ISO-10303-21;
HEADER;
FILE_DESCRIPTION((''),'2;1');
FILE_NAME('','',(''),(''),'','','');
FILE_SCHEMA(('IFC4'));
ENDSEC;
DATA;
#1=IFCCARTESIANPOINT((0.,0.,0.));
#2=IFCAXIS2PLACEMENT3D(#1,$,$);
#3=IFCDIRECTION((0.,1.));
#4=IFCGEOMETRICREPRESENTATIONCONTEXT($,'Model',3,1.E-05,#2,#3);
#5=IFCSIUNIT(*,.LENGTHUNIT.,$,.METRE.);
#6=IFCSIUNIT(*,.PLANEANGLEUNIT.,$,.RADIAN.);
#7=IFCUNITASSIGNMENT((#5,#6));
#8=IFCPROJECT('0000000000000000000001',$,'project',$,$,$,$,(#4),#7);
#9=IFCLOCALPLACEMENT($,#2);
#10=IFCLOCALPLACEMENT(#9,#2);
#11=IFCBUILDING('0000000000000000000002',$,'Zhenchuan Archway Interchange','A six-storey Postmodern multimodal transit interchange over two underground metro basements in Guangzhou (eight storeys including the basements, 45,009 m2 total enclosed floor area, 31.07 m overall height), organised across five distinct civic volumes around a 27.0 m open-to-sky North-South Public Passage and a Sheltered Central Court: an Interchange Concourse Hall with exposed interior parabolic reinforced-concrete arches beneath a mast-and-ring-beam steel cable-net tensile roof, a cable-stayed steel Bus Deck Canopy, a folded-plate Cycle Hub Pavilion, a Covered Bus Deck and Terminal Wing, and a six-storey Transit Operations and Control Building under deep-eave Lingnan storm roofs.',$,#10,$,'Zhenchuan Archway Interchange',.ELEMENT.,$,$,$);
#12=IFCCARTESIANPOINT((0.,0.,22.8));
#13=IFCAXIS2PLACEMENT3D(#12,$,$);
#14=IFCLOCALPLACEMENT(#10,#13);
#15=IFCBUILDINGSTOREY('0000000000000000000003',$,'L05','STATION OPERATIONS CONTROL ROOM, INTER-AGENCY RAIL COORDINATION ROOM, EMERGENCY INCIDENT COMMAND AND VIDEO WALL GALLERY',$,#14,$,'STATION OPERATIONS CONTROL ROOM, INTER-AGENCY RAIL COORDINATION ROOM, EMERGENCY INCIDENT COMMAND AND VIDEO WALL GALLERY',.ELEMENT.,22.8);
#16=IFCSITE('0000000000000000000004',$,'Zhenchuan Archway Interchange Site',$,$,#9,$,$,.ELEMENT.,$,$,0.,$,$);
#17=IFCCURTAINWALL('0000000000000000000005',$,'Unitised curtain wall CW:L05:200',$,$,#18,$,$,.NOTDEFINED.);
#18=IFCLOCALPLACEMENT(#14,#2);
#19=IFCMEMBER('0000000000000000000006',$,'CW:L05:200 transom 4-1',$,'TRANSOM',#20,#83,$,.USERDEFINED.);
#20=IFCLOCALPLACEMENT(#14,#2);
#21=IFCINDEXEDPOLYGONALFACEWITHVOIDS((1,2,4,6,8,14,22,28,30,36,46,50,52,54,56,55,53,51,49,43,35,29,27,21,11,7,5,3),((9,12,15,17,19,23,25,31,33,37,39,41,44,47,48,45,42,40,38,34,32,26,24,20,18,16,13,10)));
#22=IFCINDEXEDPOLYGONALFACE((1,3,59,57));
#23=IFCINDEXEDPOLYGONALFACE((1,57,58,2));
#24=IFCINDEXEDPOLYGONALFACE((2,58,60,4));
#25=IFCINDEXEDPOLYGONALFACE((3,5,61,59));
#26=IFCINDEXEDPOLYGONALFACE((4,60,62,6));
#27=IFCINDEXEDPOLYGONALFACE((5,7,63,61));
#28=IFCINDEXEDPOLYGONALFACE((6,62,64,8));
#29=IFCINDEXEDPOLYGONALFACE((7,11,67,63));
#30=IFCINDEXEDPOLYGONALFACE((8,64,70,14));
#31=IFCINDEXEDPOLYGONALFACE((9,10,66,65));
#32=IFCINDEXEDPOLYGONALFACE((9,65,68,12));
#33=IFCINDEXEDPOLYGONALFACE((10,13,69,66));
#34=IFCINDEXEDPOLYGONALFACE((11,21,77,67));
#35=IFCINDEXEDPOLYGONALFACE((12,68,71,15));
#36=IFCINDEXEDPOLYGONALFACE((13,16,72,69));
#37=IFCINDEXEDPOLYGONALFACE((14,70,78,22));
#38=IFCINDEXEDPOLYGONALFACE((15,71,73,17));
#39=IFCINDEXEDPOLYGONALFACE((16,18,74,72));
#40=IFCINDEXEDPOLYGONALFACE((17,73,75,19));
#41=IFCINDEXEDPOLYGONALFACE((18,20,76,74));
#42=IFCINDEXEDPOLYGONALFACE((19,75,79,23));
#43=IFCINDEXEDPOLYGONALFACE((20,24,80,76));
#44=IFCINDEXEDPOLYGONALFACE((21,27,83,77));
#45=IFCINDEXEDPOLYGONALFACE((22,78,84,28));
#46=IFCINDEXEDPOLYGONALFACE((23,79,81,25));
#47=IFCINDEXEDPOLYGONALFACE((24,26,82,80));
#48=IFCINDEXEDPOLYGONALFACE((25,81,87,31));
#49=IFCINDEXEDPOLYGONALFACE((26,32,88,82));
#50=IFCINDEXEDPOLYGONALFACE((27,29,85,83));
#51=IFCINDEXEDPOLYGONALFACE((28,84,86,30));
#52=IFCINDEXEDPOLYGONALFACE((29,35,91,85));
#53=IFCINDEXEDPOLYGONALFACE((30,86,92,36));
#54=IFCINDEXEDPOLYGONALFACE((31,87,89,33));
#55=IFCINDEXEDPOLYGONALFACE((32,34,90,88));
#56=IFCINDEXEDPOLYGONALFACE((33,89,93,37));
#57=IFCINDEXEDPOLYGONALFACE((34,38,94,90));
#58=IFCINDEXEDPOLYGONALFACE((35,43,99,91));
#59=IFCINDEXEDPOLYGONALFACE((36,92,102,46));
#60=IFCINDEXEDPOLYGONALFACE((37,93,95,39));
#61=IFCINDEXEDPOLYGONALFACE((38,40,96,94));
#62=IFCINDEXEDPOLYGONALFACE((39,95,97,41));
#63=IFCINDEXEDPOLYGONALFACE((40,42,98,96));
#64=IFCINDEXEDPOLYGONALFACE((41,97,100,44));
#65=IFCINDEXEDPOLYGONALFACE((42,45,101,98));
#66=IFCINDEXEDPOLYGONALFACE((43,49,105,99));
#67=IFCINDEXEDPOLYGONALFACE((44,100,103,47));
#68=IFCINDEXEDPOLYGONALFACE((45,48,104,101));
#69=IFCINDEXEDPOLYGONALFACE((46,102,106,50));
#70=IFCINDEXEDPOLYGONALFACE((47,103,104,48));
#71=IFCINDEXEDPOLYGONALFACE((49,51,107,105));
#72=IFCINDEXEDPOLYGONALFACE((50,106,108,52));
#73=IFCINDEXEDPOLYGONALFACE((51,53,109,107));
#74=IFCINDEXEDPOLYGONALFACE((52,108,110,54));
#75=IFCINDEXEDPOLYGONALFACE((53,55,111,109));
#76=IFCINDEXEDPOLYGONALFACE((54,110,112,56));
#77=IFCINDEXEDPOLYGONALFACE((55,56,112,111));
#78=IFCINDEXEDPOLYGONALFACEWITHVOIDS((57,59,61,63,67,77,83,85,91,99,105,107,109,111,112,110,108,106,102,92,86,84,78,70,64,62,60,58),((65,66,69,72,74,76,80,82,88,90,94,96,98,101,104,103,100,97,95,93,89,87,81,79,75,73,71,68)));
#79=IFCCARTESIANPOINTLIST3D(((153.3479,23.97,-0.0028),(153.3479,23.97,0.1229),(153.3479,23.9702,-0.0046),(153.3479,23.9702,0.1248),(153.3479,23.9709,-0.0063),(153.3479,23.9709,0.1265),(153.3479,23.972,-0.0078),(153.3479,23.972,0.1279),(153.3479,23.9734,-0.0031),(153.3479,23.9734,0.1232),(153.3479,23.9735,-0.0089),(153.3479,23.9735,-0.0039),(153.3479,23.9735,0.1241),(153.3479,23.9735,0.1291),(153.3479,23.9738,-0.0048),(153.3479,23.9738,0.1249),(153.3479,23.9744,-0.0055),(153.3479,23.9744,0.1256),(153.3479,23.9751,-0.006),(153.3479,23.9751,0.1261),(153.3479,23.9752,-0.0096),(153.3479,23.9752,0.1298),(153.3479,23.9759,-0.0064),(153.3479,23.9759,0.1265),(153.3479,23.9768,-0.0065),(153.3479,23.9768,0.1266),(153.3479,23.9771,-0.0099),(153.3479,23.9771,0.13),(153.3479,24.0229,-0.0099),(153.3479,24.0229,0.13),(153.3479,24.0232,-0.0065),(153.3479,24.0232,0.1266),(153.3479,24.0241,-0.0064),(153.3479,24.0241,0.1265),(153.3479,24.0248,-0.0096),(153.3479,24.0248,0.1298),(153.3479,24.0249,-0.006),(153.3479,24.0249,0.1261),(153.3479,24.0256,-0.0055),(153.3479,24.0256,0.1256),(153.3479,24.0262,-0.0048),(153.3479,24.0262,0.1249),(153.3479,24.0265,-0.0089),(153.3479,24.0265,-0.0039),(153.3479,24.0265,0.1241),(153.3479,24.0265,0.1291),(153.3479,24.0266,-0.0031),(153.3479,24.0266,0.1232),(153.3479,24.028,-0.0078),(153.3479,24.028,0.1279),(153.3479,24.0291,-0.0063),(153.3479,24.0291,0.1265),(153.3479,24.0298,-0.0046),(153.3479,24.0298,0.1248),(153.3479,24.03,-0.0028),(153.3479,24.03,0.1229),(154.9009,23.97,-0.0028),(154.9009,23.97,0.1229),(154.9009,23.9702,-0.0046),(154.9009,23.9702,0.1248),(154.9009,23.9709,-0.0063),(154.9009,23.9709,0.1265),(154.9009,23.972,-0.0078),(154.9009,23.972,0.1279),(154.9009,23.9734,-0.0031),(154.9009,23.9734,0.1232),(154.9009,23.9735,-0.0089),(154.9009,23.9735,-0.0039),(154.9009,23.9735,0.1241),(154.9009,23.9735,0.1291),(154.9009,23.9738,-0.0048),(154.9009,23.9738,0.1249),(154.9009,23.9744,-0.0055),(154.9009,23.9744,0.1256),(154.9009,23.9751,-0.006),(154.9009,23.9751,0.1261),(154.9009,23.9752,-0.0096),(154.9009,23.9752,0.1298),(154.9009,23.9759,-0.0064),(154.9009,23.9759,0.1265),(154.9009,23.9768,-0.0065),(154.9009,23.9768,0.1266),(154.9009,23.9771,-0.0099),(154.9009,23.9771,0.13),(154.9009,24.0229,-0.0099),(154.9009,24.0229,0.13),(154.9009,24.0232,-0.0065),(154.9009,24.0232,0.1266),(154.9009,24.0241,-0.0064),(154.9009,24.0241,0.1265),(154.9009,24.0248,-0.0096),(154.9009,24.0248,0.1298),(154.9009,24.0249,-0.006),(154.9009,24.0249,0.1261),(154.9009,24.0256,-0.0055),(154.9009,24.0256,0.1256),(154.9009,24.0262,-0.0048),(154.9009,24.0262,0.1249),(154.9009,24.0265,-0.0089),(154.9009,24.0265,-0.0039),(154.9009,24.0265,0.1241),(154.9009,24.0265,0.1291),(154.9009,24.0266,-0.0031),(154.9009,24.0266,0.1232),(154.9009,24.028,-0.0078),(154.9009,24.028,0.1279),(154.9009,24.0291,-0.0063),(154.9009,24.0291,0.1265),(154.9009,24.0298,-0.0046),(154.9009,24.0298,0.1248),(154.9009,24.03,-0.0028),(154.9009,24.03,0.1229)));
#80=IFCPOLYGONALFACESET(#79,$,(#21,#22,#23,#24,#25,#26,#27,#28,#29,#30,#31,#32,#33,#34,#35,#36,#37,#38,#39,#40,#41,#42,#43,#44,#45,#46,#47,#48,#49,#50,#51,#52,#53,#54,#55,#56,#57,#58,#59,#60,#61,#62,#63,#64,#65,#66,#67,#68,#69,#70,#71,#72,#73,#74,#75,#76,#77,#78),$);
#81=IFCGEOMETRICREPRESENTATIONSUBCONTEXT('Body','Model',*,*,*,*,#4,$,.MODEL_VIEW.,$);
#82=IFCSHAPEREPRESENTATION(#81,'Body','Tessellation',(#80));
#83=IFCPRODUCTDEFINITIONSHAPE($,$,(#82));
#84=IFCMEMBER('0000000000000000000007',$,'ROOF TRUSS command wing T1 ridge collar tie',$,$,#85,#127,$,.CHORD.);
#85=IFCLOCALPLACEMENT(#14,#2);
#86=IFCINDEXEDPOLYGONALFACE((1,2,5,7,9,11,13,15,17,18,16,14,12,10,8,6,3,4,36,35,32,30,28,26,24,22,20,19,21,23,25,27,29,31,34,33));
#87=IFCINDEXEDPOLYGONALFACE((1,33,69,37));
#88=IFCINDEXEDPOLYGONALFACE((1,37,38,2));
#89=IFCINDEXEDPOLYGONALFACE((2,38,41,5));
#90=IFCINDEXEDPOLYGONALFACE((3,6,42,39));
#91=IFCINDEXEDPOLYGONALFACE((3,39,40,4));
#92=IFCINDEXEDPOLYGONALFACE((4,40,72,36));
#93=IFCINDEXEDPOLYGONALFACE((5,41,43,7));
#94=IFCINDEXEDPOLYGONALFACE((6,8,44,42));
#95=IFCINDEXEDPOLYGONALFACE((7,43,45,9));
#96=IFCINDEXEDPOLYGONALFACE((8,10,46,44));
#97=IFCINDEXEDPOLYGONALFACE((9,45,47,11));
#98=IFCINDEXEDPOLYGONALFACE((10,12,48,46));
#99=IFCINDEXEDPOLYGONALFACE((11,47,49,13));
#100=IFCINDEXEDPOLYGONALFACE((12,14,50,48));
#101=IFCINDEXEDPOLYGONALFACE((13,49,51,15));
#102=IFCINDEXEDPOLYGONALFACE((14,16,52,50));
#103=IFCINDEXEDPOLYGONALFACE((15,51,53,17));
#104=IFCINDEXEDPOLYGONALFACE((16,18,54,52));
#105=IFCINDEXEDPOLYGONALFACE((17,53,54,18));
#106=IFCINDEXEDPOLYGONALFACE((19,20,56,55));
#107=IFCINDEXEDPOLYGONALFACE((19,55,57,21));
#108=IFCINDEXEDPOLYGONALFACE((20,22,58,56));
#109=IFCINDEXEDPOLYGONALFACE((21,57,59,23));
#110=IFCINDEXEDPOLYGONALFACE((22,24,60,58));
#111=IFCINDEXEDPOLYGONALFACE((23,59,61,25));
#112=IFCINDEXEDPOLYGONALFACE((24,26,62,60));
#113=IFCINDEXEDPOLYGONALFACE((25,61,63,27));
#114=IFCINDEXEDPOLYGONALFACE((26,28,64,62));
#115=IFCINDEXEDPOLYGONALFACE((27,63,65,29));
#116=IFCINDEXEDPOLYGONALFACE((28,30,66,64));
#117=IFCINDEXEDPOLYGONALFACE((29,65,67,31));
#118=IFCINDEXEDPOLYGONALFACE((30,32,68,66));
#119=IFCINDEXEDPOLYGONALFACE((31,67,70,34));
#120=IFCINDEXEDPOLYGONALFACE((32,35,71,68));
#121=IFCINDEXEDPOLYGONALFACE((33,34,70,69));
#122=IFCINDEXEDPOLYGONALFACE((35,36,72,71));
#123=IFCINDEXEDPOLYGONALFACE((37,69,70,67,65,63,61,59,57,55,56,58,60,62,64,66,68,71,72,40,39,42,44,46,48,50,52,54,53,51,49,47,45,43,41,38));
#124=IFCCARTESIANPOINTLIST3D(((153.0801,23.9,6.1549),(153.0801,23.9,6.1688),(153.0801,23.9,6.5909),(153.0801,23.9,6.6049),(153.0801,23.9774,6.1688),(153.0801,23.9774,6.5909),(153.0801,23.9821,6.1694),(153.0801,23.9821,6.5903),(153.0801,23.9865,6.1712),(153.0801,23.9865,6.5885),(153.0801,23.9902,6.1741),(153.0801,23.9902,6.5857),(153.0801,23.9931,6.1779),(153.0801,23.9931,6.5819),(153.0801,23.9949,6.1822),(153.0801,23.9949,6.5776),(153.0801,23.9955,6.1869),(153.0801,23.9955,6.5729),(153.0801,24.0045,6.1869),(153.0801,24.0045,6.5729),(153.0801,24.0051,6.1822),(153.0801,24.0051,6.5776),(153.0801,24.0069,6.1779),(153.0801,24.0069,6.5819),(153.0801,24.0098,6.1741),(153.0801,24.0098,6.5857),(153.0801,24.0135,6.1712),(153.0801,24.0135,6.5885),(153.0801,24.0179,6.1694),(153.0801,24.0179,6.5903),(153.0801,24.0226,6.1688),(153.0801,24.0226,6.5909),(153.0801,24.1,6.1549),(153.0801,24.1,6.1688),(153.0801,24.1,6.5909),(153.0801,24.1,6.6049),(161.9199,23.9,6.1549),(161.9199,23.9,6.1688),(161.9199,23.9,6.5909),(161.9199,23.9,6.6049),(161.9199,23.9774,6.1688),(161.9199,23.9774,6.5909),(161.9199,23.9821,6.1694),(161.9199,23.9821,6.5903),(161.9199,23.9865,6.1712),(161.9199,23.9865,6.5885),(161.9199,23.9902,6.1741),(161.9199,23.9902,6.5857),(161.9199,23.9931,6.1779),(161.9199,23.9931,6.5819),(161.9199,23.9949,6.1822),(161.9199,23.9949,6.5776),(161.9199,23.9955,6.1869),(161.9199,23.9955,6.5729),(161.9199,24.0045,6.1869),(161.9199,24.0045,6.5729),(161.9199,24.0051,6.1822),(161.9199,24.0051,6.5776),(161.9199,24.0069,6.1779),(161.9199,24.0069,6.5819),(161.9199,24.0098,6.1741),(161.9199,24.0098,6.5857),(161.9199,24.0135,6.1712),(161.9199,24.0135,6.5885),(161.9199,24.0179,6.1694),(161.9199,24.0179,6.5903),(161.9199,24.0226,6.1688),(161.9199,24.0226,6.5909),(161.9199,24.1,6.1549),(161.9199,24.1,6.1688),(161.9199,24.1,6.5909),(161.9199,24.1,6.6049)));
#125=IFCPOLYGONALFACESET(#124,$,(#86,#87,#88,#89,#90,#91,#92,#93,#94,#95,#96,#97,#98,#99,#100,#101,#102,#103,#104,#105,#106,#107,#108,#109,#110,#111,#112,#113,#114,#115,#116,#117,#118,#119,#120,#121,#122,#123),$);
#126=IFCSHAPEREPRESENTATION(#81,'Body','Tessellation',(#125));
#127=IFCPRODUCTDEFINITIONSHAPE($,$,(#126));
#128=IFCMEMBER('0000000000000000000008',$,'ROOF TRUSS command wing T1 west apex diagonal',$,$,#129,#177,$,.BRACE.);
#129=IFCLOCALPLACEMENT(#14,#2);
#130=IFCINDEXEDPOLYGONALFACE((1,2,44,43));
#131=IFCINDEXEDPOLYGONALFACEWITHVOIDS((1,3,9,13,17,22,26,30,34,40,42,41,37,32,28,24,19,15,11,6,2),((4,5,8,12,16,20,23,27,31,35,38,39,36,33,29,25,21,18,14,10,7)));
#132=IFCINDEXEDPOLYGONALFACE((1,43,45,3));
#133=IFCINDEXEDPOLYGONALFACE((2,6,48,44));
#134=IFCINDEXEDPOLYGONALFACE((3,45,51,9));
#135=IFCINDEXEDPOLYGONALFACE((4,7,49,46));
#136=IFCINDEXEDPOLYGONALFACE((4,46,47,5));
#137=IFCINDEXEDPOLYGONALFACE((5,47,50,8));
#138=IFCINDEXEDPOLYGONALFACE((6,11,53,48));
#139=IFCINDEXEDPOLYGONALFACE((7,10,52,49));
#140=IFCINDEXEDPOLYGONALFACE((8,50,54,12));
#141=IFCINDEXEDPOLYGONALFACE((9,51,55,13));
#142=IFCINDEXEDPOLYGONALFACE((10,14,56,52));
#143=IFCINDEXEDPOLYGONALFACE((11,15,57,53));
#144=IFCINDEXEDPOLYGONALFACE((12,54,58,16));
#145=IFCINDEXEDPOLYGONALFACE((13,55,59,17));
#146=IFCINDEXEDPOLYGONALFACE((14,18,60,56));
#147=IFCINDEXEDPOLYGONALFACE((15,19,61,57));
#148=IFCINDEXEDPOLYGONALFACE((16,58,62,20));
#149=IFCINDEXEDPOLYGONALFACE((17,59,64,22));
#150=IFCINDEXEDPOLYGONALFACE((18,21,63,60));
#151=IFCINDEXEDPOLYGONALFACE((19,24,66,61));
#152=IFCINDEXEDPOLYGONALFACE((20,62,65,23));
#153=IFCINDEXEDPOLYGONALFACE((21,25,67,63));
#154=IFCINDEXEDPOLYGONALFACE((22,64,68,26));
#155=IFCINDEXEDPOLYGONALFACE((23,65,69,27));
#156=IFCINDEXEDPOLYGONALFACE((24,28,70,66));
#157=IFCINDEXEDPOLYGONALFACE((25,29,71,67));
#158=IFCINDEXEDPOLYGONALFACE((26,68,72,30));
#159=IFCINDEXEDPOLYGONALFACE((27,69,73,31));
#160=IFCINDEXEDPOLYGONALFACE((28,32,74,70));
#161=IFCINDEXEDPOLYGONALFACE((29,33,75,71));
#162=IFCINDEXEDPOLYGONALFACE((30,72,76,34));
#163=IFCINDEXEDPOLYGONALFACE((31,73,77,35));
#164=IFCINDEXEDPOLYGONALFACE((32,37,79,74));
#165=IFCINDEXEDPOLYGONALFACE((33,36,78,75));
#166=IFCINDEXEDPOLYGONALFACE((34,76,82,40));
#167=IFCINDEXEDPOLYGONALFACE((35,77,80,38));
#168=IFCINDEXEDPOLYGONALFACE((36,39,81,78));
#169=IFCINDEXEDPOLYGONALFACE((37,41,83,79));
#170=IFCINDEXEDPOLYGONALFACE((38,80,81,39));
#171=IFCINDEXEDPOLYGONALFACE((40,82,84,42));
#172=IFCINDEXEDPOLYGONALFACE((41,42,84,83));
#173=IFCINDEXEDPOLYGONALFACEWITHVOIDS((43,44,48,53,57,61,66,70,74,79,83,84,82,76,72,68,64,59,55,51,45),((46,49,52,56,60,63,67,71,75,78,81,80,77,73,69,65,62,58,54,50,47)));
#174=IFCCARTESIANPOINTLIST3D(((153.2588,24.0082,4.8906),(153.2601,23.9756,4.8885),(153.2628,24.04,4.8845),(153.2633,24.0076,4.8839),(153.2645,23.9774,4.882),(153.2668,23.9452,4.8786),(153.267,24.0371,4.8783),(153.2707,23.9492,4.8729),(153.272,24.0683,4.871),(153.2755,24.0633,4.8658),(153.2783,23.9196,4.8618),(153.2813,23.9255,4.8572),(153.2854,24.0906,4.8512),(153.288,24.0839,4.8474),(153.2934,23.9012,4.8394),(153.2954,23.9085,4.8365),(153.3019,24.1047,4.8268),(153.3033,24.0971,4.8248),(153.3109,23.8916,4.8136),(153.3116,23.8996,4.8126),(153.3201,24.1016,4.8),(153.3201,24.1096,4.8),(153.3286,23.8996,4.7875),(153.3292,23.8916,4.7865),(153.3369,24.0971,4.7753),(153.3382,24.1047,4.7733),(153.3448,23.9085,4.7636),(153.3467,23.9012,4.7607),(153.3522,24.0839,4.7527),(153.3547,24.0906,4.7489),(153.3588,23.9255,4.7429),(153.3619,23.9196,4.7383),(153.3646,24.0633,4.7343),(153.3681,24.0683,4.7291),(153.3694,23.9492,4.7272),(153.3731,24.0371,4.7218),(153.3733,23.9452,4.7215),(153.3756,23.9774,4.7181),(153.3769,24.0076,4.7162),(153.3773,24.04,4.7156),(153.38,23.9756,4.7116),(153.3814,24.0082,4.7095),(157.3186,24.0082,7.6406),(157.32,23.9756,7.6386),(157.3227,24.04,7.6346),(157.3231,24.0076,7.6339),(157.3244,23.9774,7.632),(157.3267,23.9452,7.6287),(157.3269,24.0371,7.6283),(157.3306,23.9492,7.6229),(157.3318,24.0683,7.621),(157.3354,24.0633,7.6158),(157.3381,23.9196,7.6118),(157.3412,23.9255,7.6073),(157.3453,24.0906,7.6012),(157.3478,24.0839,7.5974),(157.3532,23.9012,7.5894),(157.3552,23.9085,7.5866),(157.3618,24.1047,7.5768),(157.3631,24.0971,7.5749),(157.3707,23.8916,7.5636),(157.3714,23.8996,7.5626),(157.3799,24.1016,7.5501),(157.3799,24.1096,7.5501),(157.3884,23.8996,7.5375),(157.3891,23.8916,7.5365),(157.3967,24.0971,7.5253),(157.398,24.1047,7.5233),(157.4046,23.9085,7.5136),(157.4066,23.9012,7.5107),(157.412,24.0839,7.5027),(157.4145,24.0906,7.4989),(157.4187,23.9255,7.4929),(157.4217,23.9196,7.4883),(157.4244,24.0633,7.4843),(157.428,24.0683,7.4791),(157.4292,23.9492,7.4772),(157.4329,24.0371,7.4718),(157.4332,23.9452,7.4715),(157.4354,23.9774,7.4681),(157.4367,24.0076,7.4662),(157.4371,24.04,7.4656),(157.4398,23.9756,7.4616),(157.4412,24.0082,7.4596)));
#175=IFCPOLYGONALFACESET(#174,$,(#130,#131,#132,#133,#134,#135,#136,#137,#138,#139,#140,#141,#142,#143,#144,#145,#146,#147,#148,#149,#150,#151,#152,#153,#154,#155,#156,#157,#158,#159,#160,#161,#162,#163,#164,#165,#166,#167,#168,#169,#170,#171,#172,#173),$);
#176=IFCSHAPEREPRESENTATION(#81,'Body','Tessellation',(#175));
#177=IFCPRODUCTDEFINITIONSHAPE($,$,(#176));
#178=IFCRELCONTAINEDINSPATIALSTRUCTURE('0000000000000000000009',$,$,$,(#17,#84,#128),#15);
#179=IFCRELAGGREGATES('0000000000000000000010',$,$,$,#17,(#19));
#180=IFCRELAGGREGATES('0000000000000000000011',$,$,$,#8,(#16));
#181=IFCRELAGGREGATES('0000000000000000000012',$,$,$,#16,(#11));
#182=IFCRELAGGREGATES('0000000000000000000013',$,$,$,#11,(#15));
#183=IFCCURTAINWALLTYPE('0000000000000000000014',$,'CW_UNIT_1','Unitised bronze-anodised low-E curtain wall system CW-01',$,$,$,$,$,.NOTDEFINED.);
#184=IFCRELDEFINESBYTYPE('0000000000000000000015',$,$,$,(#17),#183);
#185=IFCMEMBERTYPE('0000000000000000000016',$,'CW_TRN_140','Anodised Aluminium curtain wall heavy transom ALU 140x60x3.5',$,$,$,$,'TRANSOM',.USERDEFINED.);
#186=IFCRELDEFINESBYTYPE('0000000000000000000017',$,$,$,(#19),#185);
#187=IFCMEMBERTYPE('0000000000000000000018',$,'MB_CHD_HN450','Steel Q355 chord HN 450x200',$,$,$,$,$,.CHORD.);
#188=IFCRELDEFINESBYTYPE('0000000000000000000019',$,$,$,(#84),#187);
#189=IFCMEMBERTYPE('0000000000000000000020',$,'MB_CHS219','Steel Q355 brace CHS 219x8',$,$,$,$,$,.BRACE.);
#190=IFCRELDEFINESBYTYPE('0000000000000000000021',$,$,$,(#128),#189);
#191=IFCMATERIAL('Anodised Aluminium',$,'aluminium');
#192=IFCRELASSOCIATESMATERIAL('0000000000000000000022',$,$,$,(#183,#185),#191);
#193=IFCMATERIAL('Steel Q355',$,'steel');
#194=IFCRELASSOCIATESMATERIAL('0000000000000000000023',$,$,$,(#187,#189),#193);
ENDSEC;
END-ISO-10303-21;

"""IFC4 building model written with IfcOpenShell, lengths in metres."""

from ifc_helpers import new_model, si_unit, direction, frame, origin, origin_2d, place, context, subcontext, project, spatial, hollow_rectangle, hollow_circle, i_section, extrude, material, material_profile, profile_set, type_object, element, aggregate, save


model = new_model("IFC4")

# Units and contexts
model_context = context("Model", 3, precision=1e-05, world=origin(), true_north=direction((0.0, 1.0)))
body_context = subcontext(model_context, "Body", "Model", "MODEL_VIEW")
ifc_project = project(units=[si_unit("LENGTHUNIT", "METRE"), si_unit("PLANEANGLEUNIT", "RADIAN")], contexts=[model_context])

# Site, building, storey
site_placement = place(None, origin())
site = spatial("IfcSite", under=ifc_project, at=site_placement, Name="Zhenchuan Archway Interchange Site", CompositionType="ELEMENT", RefElevation=0.0)
building_placement = place(site_placement, origin())
building = spatial("IfcBuilding", under=site, at=building_placement, Name="Zhenchuan Archway Interchange", Description="A six-storey Postmodern multimodal transit interchange over two underground metro basements in Guangzhou (eight storeys including the basements, 45,009 m2 total enclosed floor area, 31.07 m overall height), organised across five distinct civic volumes around a 27.0 m open-to-sky North-South Public Passage and a Sheltered Central Court: an Interchange Concourse Hall with exposed interior parabolic reinforced-concrete arches beneath a mast-and-ring-beam steel cable-net tensile roof, a cable-stayed steel Bus Deck Canopy, a folded-plate Cycle Hub Pavilion, a Covered Bus Deck and Terminal Wing, and a six-storey Transit Operations and Control Building under deep-eave Lingnan storm roofs.", LongName="Zhenchuan Archway Interchange", CompositionType="ELEMENT")
storey_placement = place(building_placement, frame((0.0, 0.0, 22.8)))
storey = spatial("IfcBuildingStorey", under=building, at=storey_placement, Name="L05", Description="STATION OPERATIONS CONTROL ROOM, INTER-AGENCY RAIL COORDINATION ROOM, EMERGENCY INCIDENT COMMAND AND VIDEO WALL GALLERY", LongName="STATION OPERATIONS CONTROL ROOM, INTER-AGENCY RAIL COORDINATION ROOM, EMERGENCY INCIDENT COMMAND AND VIDEO WALL GALLERY", CompositionType="ELEMENT", Elevation=22.8)

# Shared definitions
ifc_material_1 = material(Name="Steel Q355", Category="steel")

# Curtain wall, member
ifc_material_2 = material(Name="Anodised Aluminium", Category="aluminium")
curtain_wall_type = type_object("IfcCurtainWallType", Name="CW_UNIT_1", Description="Unitised bronze-anodised low-E curtain wall system CW-01", PredefinedType="NOTDEFINED", material=ifc_material_2)
curtain_wall_placement = place(storey_placement, origin())
curtain_wall = element("IfcCurtainWall", 1, at=curtain_wall_placement, inside=storey, type_object=curtain_wall_type, Name="Unitised curtain wall CW:L05:200", PredefinedType="NOTDEFINED")
ifc_material_profile_1 = material_profile(ifc_material_2, hollow_rectangle(XDim=0.0601, YDim=0.1399, WallThickness=0.0034, InnerFilletRadius=0.0034, OuterFilletRadius=0.0071, at=origin_2d()), Name="ALU 140x60x3.5")
ifc_profile_set_1 = profile_set([ifc_material_profile_1], Name="Anodised Aluminium")
member_type_1 = type_object("IfcMemberType", Name="CW_TRN_140", Description="Anodised Aluminium curtain wall heavy transom ALU 140x60x3.5", ElementType="TRANSOM", PredefinedType="USERDEFINED", material=ifc_profile_set_1)
member_1_placement = place(storey_placement, frame((154.9009, 24.0, 0.0601), z_axis=(-1.0, 0.0, 0.0), x_axis=(0.0, -1.0, 0.0)))
member_1 = element("IfcMember", 2, at=member_1_placement, type_object=member_type_1, Name="CW:L05:200 transom 4-1", ObjectType="TRANSOM", PredefinedType="USERDEFINED", context=body_context, shape_type="SweptSolid", body=[
    extrude(hollow_rectangle(XDim=0.0601, YDim=0.1399, WallThickness=0.0034, InnerFilletRadius=0.0034, OuterFilletRadius=0.0071, at=origin_2d()), origin(), (0.0, 0.0, 1.0), 1.553),
])

# Members
ifc_material_profile_2 = material_profile(ifc_material_1, i_section(OverallWidth=0.2, OverallDepth=0.45, WebThickness=0.009, FlangeThickness=0.0139, FilletRadius=0.0181, at=origin_2d()), Name="HN 450x200")
ifc_profile_set_2 = profile_set([ifc_material_profile_2], Name="Steel Q355")
member_type_2 = type_object("IfcMemberType", Name="MB_CHD_HN450", Description="Steel Q355 chord HN 450x200", PredefinedType="CHORD", material=ifc_profile_set_2)
member_2_placement = place(storey_placement, frame((153.0801, 24.0, 6.3799), z_axis=(1.0, 0.0, 0.0), x_axis=(0.0, 1.0, 0.0)))
element("IfcMember", 3, at=member_2_placement, inside=storey, type_object=member_type_2, Name="ROOF TRUSS command wing T1 ridge collar tie", PredefinedType="CHORD", context=body_context, shape_type="SweptSolid", body=[
    extrude(i_section(OverallWidth=0.2, OverallDepth=0.45, WebThickness=0.009, FlangeThickness=0.0139, FilletRadius=0.0181, at=origin_2d()), origin(), (0.0, 0.0, 1.0), 8.8398),
])
ifc_material_profile_3 = material_profile(ifc_material_1, hollow_circle(Radius=0.1096, WallThickness=0.0081, at=origin_2d()), Name="CHS 219x8")
ifc_profile_set_3 = profile_set([ifc_material_profile_3], Name="Steel Q355")
member_type_3 = type_object("IfcMemberType", Name="MB_CHS219", Description="Steel Q355 brace CHS 219x8", PredefinedType="BRACE", material=ifc_profile_set_3)
member_3_placement = place(storey_placement, frame((153.3201, 24.0, 4.8), z_axis=(0.827937, 0.0, 0.560821), x_axis=(0.0, 1.0, 0.0)))
element("IfcMember", 4, at=member_3_placement, inside=storey, type_object=member_type_3, Name="ROOF TRUSS command wing T1 west apex diagonal", PredefinedType="BRACE", context=body_context, shape_type="SweptSolid", body=[
    extrude(hollow_circle(Radius=0.1096, WallThickness=0.0081, at=origin_2d()), origin(), (0.0, 0.0, 1.0), 4.9036),
])

aggregate(curtain_wall, [member_1])

save(model, "model.ifc")
